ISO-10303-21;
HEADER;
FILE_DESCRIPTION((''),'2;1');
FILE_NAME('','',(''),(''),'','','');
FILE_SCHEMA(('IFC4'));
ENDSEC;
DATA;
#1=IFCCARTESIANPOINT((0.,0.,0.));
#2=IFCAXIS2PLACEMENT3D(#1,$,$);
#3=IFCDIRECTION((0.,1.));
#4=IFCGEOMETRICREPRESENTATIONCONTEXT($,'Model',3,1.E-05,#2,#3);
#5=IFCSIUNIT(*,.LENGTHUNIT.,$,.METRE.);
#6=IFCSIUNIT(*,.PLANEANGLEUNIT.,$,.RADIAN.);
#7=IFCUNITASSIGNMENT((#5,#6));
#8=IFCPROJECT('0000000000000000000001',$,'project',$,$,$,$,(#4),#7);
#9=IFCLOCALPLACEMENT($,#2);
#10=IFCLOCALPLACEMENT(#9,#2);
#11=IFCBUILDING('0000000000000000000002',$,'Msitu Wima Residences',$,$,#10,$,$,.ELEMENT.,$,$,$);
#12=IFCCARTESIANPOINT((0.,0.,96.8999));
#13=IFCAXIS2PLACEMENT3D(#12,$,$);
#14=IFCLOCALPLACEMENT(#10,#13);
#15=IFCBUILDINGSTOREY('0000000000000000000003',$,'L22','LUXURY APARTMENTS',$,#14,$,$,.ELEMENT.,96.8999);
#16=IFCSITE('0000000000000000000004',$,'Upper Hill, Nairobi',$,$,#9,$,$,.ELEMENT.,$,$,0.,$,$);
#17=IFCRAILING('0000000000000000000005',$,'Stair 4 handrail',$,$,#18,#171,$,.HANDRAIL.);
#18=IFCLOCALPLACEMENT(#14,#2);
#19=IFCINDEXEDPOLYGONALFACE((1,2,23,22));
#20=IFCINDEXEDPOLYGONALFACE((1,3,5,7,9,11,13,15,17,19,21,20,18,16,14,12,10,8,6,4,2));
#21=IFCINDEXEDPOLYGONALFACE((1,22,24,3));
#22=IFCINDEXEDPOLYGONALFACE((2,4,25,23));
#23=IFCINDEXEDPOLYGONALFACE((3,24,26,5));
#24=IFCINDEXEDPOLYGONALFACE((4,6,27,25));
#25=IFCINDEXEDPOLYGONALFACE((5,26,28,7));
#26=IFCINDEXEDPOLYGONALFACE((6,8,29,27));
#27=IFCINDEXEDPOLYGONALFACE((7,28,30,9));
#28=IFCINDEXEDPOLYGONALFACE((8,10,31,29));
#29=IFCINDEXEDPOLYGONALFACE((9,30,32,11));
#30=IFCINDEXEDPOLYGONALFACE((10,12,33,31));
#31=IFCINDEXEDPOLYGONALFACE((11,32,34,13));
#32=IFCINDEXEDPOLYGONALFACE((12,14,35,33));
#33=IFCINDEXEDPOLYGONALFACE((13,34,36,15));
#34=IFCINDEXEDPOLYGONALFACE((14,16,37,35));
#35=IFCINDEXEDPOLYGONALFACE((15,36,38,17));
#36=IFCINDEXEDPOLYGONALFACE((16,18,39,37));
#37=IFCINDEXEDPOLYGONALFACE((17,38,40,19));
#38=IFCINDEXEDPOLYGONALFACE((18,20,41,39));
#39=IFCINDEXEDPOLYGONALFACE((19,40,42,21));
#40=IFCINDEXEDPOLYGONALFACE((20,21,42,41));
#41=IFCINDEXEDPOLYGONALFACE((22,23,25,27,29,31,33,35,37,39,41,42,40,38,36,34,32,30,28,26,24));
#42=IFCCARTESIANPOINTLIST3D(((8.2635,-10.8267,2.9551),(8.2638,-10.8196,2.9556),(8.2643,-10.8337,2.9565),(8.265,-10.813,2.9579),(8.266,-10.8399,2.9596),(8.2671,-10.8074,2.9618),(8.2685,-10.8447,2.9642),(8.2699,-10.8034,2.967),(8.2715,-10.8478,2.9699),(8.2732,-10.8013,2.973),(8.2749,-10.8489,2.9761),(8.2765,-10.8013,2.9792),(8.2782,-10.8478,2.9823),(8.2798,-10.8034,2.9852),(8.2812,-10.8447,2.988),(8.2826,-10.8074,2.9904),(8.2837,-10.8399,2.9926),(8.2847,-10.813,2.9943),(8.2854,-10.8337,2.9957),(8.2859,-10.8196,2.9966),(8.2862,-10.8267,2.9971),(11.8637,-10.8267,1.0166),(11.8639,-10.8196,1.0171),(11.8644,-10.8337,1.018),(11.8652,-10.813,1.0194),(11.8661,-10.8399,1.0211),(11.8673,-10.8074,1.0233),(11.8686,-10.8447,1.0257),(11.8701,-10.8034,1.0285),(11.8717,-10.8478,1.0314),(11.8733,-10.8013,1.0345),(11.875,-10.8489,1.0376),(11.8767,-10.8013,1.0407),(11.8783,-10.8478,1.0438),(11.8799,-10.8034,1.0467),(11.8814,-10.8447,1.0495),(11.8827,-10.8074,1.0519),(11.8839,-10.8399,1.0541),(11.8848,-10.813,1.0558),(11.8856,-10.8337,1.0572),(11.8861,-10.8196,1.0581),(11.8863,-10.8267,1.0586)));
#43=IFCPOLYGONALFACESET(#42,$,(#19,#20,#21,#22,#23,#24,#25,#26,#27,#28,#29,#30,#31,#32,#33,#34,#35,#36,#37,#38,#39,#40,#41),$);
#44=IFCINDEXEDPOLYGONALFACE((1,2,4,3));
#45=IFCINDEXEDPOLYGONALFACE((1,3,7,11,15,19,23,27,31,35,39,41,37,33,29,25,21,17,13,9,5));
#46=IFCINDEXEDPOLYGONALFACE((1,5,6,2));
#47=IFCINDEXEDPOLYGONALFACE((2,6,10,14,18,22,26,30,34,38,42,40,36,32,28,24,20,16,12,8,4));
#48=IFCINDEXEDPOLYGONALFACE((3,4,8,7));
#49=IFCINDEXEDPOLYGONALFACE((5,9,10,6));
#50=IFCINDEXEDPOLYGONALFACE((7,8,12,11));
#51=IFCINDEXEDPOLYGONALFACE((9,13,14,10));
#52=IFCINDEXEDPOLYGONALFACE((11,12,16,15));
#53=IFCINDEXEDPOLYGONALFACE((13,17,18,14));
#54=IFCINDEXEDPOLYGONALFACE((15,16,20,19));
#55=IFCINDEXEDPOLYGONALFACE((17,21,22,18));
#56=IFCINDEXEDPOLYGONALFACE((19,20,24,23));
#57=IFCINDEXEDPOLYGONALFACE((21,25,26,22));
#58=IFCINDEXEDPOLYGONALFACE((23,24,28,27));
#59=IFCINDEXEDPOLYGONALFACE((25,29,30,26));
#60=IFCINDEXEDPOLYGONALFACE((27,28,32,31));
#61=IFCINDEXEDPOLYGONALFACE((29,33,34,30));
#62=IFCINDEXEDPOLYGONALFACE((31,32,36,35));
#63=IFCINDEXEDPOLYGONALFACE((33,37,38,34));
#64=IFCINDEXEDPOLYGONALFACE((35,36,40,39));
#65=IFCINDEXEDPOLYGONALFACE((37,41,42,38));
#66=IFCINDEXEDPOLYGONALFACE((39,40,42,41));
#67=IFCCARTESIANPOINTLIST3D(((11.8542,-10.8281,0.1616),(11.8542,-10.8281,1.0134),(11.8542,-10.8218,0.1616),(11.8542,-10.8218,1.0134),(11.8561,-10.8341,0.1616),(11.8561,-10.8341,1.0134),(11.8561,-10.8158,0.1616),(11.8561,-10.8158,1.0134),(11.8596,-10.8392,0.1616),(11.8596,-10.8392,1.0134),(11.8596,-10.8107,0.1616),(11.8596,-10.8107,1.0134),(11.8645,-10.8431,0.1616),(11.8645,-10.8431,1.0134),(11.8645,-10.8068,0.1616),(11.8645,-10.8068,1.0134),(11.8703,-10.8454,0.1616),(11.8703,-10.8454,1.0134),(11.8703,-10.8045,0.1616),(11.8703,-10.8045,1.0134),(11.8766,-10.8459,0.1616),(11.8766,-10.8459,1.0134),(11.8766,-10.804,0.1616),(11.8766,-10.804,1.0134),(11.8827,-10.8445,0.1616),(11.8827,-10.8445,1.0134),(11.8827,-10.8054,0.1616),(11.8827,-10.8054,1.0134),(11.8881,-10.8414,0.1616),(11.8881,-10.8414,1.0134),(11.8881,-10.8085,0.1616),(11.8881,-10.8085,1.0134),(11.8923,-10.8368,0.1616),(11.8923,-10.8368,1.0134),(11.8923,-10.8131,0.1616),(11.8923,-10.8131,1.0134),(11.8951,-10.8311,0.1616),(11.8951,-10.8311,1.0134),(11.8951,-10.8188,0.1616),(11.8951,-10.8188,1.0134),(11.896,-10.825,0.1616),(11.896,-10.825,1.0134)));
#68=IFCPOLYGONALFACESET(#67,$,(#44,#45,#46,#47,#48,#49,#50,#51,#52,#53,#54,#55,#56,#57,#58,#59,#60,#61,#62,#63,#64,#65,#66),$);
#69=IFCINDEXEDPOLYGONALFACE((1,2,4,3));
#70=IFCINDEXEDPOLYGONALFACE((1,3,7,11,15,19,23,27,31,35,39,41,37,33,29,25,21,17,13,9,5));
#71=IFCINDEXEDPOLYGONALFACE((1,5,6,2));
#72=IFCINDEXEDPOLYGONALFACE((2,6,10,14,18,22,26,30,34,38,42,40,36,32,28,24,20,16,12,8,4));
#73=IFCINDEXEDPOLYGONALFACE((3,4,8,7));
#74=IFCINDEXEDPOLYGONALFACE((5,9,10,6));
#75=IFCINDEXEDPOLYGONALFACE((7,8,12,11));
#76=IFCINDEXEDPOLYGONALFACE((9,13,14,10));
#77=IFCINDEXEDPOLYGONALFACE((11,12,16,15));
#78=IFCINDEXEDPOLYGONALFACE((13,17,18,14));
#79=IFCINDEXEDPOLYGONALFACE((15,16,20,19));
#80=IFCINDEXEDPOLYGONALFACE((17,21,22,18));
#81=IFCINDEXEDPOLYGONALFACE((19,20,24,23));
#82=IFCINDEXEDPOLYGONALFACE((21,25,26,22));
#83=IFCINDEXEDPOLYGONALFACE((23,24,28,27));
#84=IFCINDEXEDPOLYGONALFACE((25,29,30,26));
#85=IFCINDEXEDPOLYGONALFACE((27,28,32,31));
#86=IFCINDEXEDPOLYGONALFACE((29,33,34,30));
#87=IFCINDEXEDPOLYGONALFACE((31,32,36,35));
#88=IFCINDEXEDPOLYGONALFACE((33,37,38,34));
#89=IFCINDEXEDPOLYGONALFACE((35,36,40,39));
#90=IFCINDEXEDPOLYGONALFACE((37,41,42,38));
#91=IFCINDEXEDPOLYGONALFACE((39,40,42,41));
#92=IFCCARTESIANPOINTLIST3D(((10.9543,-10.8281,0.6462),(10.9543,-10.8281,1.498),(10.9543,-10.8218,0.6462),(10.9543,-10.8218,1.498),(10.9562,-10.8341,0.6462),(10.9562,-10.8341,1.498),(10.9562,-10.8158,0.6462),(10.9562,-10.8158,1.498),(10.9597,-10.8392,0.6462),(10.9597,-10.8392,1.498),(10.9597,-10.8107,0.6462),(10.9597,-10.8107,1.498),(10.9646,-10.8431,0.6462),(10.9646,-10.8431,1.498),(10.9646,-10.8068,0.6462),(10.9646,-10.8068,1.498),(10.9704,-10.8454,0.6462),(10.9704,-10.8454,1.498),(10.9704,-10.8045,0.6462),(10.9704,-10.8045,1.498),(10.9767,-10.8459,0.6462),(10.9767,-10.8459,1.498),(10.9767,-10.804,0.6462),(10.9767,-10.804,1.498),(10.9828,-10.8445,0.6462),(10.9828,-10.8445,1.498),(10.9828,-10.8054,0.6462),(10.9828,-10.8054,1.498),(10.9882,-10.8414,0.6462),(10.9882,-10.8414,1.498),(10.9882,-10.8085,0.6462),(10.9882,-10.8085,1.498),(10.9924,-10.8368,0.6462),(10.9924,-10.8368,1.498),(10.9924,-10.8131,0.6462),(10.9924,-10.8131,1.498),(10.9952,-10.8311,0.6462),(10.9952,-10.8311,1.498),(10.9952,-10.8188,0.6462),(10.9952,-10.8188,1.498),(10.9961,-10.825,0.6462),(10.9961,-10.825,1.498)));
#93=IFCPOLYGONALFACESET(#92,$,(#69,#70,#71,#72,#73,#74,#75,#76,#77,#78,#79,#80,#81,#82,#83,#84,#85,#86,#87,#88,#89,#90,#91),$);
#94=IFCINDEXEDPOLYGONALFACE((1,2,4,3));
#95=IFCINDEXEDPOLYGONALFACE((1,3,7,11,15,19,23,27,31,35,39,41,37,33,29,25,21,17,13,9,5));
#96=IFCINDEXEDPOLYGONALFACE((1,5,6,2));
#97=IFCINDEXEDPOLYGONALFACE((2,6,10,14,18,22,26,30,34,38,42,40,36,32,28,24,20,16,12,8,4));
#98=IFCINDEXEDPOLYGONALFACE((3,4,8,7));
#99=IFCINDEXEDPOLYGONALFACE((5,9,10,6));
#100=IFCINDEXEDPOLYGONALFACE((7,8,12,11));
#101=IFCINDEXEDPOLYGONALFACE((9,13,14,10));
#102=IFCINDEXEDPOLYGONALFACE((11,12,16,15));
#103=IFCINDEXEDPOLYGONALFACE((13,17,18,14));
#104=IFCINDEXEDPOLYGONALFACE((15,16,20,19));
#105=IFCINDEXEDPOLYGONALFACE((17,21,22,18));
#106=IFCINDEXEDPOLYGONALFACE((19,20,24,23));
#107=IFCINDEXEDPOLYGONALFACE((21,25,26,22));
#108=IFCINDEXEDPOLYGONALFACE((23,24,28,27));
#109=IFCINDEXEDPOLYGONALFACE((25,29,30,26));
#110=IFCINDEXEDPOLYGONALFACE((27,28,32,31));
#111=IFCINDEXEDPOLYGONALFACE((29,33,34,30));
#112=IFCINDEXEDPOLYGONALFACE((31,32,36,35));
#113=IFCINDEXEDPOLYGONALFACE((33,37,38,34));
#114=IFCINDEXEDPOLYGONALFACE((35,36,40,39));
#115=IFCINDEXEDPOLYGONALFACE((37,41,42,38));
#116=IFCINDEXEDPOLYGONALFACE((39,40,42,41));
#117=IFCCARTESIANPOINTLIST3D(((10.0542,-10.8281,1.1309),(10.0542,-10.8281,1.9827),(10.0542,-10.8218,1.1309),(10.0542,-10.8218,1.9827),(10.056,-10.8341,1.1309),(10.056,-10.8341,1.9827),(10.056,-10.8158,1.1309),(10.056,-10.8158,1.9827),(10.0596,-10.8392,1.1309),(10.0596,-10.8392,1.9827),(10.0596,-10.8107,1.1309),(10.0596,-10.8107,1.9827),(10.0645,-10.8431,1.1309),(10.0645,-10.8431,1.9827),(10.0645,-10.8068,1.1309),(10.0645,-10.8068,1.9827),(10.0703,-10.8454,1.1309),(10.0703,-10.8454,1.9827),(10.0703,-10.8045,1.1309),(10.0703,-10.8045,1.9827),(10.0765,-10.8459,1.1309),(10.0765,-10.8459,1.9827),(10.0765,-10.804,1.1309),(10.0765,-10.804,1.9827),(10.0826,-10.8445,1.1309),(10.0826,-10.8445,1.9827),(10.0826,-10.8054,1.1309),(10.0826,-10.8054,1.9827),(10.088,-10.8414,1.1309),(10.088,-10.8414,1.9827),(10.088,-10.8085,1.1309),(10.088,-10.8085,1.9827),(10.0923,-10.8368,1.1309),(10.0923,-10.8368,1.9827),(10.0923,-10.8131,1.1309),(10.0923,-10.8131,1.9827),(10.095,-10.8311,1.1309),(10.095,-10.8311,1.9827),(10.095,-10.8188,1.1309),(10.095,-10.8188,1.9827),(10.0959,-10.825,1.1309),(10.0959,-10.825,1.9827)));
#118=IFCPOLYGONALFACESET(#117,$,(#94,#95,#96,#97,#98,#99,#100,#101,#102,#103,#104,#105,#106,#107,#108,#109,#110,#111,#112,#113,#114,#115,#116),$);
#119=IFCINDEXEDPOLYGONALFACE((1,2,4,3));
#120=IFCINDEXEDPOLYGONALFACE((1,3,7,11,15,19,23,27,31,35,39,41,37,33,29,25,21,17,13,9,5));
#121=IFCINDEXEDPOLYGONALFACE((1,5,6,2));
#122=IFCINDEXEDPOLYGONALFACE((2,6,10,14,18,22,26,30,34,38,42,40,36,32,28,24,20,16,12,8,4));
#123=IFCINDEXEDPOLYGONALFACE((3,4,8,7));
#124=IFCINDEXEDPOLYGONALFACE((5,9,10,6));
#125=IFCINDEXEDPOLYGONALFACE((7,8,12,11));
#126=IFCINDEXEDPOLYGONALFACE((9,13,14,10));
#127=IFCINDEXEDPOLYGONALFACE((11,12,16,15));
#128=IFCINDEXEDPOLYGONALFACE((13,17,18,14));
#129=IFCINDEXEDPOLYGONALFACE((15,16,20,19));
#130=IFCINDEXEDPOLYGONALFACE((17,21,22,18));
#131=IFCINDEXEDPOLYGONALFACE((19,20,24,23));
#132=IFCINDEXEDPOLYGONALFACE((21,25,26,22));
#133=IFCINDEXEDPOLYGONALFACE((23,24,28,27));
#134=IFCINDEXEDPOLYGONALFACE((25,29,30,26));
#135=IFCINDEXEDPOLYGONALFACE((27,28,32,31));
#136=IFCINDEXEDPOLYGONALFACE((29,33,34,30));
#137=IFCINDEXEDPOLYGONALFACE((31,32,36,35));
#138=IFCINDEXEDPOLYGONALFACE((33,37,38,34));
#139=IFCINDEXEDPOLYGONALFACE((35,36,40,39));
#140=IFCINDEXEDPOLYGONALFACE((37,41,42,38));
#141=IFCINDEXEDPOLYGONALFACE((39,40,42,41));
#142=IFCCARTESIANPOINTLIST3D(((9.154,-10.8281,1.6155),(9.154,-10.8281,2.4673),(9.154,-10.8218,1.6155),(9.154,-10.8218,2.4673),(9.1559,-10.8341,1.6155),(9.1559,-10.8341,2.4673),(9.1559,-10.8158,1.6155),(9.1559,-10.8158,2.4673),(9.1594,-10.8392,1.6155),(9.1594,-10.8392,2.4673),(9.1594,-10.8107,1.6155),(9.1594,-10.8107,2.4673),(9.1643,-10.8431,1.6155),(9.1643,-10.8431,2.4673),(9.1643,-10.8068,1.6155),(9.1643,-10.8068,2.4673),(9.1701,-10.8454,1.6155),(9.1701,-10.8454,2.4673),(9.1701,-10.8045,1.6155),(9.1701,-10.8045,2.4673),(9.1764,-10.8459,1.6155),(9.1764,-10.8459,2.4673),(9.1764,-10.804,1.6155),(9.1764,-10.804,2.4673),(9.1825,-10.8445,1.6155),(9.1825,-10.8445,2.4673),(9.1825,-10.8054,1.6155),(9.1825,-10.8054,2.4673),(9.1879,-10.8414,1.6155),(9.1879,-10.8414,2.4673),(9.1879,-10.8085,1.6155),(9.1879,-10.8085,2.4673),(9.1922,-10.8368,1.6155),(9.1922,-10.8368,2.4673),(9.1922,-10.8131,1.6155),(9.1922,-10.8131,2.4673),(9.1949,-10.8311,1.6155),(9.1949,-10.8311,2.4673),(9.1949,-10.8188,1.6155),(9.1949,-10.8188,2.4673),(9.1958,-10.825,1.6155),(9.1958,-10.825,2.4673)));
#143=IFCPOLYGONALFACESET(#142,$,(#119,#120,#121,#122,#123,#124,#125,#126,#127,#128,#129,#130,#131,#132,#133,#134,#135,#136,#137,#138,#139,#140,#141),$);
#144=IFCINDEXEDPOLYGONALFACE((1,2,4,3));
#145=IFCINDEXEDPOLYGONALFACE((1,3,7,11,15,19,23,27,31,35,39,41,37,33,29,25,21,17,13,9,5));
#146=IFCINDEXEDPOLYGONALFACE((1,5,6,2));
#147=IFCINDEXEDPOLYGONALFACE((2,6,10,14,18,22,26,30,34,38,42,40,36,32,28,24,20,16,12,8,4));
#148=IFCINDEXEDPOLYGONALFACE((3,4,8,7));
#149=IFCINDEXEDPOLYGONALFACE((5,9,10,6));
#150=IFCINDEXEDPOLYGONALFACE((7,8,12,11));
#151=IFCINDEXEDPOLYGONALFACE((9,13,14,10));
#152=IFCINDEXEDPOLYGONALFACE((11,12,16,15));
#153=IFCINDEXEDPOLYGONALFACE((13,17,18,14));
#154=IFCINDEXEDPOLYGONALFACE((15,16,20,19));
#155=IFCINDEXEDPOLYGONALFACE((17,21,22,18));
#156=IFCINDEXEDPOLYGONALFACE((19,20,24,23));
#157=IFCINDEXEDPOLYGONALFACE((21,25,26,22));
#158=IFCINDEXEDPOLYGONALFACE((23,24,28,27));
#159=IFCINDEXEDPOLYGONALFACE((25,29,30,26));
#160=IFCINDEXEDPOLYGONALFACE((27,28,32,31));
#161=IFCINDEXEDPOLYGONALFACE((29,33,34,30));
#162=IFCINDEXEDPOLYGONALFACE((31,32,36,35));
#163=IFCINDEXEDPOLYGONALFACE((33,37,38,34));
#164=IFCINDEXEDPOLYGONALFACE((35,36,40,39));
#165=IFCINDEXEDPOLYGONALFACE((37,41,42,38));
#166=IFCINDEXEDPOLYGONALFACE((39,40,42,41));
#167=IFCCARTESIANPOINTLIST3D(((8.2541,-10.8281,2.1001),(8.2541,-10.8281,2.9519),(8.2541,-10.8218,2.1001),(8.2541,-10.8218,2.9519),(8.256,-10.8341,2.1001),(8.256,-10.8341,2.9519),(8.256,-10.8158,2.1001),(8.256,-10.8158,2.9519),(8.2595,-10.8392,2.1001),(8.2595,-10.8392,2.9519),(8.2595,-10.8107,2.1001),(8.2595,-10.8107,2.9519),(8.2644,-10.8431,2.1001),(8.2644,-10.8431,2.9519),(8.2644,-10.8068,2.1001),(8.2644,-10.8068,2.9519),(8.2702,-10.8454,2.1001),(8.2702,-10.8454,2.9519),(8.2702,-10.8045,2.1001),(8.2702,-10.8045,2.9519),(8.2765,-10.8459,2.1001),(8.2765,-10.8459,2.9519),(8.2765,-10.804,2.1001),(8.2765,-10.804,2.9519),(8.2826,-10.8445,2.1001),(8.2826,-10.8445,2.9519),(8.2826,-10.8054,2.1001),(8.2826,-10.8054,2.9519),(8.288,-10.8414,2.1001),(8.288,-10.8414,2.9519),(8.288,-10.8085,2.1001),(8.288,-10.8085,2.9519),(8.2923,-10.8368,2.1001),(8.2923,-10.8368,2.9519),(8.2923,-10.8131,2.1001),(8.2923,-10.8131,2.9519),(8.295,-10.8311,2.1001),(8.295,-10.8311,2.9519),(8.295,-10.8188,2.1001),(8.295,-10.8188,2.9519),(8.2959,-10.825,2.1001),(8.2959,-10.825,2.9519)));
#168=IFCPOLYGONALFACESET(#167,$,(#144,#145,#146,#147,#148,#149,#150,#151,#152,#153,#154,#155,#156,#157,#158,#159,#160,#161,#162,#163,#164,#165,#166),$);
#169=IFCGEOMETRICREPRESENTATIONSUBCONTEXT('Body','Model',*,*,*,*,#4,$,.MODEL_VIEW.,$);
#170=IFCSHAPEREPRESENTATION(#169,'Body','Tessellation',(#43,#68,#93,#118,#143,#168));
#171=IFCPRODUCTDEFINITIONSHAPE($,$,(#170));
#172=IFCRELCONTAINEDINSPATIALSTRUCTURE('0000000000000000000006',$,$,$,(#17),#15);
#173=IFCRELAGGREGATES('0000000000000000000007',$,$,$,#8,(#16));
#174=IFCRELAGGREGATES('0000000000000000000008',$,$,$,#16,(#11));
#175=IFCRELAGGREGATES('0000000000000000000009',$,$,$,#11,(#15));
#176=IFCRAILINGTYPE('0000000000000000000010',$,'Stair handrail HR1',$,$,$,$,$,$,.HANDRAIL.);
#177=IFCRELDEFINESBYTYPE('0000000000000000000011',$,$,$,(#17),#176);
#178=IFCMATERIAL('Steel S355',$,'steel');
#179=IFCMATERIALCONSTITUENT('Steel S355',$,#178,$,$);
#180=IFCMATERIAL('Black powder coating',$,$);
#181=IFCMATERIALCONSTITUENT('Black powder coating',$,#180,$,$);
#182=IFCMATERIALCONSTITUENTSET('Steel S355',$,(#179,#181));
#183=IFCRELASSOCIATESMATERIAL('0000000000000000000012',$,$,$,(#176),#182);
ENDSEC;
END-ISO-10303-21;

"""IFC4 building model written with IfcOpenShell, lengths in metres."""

from ifc_helpers import new_model, si_unit, direction, frame, origin, origin_2d, place, context, subcontext, project, spatial, circle, extrude, material, constituent, constituent_set, type_object, element, save


model = new_model("IFC4")

# Units and contexts
model_context = context("Model", 3, precision=1e-05, world=origin(), true_north=direction((0.0, 1.0)))
body_context = subcontext(model_context, "Body", "Model", "MODEL_VIEW")
ifc_project = project(units=[si_unit("LENGTHUNIT", "METRE"), si_unit("PLANEANGLEUNIT", "RADIAN")], contexts=[model_context])

# Site, building, storey
site_placement = place(None, origin())
site = spatial("IfcSite", under=ifc_project, at=site_placement, Name="Upper Hill, Nairobi", CompositionType="ELEMENT", RefElevation=0.0)
building_placement = place(site_placement, origin())
building = spatial("IfcBuilding", under=site, at=building_placement, Name="Msitu Wima Residences", CompositionType="ELEMENT")
storey_placement = place(building_placement, frame((0.0, 0.0, 96.8999)))
storey = spatial("IfcBuildingStorey", under=building, at=storey_placement, Name="L22", Description="LUXURY APARTMENTS", CompositionType="ELEMENT", Elevation=96.8999)

# Railing
ifc_material_1 = material(Name="Steel S355", Category="steel")
ifc_constituent_1 = constituent(ifc_material_1, Name="Steel S355")
ifc_material_2 = material(Name="Black powder coating")
ifc_constituent_2 = constituent(ifc_material_2, Name="Black powder coating")
ifc_constituent_set = constituent_set(constituents=[ifc_constituent_1, ifc_constituent_2], Name="Steel S355")
railing_type = type_object("IfcRailingType", Name="Stair handrail HR1", PredefinedType="HANDRAIL", material=ifc_constituent_set)
for number, where, name in (
    (1, (11.875, -10.825, 0.1616), "Stair 4 handrail"),
):
    element("IfcRailing", number, at=place(storey_placement, frame(where)), inside=storey, type_object=railing_type, Name=name, PredefinedType="HANDRAIL", context=body_context, shape_type="SweptSolid", body=[
        extrude(circle(Radius=0.0239, at=origin_2d()), frame((0.0, 0.0, 0.876), z_axis=(-0.880475, 0.0, 0.474093), x_axis=(0.0, -1.0, 0.0)), (0.0, 0.0, 1.0), 4.0889),
        extrude(circle(Radius=0.021, at=origin_2d()), origin(), (0.0, 0.0, 1.0), 0.8518),
        extrude(circle(Radius=0.021, at=origin_2d()), frame((-0.8999, 0.0, 0.4846)), (0.0, 0.0, 1.0), 0.8518),
        extrude(circle(Radius=0.021, at=origin_2d()), frame((-1.8, 0.0, 0.9692)), (0.0, 0.0, 1.0), 0.8518),
        extrude(circle(Radius=0.021, at=origin_2d()), frame((-2.7002, 0.0, 1.4539)), (0.0, 0.0, 1.0), 0.8518),
        extrude(circle(Radius=0.021, at=origin_2d()), frame((-3.6001, 0.0, 1.9385)), (0.0, 0.0, 1.0), 0.8518),
    ])

save(model, "model.ifc")
